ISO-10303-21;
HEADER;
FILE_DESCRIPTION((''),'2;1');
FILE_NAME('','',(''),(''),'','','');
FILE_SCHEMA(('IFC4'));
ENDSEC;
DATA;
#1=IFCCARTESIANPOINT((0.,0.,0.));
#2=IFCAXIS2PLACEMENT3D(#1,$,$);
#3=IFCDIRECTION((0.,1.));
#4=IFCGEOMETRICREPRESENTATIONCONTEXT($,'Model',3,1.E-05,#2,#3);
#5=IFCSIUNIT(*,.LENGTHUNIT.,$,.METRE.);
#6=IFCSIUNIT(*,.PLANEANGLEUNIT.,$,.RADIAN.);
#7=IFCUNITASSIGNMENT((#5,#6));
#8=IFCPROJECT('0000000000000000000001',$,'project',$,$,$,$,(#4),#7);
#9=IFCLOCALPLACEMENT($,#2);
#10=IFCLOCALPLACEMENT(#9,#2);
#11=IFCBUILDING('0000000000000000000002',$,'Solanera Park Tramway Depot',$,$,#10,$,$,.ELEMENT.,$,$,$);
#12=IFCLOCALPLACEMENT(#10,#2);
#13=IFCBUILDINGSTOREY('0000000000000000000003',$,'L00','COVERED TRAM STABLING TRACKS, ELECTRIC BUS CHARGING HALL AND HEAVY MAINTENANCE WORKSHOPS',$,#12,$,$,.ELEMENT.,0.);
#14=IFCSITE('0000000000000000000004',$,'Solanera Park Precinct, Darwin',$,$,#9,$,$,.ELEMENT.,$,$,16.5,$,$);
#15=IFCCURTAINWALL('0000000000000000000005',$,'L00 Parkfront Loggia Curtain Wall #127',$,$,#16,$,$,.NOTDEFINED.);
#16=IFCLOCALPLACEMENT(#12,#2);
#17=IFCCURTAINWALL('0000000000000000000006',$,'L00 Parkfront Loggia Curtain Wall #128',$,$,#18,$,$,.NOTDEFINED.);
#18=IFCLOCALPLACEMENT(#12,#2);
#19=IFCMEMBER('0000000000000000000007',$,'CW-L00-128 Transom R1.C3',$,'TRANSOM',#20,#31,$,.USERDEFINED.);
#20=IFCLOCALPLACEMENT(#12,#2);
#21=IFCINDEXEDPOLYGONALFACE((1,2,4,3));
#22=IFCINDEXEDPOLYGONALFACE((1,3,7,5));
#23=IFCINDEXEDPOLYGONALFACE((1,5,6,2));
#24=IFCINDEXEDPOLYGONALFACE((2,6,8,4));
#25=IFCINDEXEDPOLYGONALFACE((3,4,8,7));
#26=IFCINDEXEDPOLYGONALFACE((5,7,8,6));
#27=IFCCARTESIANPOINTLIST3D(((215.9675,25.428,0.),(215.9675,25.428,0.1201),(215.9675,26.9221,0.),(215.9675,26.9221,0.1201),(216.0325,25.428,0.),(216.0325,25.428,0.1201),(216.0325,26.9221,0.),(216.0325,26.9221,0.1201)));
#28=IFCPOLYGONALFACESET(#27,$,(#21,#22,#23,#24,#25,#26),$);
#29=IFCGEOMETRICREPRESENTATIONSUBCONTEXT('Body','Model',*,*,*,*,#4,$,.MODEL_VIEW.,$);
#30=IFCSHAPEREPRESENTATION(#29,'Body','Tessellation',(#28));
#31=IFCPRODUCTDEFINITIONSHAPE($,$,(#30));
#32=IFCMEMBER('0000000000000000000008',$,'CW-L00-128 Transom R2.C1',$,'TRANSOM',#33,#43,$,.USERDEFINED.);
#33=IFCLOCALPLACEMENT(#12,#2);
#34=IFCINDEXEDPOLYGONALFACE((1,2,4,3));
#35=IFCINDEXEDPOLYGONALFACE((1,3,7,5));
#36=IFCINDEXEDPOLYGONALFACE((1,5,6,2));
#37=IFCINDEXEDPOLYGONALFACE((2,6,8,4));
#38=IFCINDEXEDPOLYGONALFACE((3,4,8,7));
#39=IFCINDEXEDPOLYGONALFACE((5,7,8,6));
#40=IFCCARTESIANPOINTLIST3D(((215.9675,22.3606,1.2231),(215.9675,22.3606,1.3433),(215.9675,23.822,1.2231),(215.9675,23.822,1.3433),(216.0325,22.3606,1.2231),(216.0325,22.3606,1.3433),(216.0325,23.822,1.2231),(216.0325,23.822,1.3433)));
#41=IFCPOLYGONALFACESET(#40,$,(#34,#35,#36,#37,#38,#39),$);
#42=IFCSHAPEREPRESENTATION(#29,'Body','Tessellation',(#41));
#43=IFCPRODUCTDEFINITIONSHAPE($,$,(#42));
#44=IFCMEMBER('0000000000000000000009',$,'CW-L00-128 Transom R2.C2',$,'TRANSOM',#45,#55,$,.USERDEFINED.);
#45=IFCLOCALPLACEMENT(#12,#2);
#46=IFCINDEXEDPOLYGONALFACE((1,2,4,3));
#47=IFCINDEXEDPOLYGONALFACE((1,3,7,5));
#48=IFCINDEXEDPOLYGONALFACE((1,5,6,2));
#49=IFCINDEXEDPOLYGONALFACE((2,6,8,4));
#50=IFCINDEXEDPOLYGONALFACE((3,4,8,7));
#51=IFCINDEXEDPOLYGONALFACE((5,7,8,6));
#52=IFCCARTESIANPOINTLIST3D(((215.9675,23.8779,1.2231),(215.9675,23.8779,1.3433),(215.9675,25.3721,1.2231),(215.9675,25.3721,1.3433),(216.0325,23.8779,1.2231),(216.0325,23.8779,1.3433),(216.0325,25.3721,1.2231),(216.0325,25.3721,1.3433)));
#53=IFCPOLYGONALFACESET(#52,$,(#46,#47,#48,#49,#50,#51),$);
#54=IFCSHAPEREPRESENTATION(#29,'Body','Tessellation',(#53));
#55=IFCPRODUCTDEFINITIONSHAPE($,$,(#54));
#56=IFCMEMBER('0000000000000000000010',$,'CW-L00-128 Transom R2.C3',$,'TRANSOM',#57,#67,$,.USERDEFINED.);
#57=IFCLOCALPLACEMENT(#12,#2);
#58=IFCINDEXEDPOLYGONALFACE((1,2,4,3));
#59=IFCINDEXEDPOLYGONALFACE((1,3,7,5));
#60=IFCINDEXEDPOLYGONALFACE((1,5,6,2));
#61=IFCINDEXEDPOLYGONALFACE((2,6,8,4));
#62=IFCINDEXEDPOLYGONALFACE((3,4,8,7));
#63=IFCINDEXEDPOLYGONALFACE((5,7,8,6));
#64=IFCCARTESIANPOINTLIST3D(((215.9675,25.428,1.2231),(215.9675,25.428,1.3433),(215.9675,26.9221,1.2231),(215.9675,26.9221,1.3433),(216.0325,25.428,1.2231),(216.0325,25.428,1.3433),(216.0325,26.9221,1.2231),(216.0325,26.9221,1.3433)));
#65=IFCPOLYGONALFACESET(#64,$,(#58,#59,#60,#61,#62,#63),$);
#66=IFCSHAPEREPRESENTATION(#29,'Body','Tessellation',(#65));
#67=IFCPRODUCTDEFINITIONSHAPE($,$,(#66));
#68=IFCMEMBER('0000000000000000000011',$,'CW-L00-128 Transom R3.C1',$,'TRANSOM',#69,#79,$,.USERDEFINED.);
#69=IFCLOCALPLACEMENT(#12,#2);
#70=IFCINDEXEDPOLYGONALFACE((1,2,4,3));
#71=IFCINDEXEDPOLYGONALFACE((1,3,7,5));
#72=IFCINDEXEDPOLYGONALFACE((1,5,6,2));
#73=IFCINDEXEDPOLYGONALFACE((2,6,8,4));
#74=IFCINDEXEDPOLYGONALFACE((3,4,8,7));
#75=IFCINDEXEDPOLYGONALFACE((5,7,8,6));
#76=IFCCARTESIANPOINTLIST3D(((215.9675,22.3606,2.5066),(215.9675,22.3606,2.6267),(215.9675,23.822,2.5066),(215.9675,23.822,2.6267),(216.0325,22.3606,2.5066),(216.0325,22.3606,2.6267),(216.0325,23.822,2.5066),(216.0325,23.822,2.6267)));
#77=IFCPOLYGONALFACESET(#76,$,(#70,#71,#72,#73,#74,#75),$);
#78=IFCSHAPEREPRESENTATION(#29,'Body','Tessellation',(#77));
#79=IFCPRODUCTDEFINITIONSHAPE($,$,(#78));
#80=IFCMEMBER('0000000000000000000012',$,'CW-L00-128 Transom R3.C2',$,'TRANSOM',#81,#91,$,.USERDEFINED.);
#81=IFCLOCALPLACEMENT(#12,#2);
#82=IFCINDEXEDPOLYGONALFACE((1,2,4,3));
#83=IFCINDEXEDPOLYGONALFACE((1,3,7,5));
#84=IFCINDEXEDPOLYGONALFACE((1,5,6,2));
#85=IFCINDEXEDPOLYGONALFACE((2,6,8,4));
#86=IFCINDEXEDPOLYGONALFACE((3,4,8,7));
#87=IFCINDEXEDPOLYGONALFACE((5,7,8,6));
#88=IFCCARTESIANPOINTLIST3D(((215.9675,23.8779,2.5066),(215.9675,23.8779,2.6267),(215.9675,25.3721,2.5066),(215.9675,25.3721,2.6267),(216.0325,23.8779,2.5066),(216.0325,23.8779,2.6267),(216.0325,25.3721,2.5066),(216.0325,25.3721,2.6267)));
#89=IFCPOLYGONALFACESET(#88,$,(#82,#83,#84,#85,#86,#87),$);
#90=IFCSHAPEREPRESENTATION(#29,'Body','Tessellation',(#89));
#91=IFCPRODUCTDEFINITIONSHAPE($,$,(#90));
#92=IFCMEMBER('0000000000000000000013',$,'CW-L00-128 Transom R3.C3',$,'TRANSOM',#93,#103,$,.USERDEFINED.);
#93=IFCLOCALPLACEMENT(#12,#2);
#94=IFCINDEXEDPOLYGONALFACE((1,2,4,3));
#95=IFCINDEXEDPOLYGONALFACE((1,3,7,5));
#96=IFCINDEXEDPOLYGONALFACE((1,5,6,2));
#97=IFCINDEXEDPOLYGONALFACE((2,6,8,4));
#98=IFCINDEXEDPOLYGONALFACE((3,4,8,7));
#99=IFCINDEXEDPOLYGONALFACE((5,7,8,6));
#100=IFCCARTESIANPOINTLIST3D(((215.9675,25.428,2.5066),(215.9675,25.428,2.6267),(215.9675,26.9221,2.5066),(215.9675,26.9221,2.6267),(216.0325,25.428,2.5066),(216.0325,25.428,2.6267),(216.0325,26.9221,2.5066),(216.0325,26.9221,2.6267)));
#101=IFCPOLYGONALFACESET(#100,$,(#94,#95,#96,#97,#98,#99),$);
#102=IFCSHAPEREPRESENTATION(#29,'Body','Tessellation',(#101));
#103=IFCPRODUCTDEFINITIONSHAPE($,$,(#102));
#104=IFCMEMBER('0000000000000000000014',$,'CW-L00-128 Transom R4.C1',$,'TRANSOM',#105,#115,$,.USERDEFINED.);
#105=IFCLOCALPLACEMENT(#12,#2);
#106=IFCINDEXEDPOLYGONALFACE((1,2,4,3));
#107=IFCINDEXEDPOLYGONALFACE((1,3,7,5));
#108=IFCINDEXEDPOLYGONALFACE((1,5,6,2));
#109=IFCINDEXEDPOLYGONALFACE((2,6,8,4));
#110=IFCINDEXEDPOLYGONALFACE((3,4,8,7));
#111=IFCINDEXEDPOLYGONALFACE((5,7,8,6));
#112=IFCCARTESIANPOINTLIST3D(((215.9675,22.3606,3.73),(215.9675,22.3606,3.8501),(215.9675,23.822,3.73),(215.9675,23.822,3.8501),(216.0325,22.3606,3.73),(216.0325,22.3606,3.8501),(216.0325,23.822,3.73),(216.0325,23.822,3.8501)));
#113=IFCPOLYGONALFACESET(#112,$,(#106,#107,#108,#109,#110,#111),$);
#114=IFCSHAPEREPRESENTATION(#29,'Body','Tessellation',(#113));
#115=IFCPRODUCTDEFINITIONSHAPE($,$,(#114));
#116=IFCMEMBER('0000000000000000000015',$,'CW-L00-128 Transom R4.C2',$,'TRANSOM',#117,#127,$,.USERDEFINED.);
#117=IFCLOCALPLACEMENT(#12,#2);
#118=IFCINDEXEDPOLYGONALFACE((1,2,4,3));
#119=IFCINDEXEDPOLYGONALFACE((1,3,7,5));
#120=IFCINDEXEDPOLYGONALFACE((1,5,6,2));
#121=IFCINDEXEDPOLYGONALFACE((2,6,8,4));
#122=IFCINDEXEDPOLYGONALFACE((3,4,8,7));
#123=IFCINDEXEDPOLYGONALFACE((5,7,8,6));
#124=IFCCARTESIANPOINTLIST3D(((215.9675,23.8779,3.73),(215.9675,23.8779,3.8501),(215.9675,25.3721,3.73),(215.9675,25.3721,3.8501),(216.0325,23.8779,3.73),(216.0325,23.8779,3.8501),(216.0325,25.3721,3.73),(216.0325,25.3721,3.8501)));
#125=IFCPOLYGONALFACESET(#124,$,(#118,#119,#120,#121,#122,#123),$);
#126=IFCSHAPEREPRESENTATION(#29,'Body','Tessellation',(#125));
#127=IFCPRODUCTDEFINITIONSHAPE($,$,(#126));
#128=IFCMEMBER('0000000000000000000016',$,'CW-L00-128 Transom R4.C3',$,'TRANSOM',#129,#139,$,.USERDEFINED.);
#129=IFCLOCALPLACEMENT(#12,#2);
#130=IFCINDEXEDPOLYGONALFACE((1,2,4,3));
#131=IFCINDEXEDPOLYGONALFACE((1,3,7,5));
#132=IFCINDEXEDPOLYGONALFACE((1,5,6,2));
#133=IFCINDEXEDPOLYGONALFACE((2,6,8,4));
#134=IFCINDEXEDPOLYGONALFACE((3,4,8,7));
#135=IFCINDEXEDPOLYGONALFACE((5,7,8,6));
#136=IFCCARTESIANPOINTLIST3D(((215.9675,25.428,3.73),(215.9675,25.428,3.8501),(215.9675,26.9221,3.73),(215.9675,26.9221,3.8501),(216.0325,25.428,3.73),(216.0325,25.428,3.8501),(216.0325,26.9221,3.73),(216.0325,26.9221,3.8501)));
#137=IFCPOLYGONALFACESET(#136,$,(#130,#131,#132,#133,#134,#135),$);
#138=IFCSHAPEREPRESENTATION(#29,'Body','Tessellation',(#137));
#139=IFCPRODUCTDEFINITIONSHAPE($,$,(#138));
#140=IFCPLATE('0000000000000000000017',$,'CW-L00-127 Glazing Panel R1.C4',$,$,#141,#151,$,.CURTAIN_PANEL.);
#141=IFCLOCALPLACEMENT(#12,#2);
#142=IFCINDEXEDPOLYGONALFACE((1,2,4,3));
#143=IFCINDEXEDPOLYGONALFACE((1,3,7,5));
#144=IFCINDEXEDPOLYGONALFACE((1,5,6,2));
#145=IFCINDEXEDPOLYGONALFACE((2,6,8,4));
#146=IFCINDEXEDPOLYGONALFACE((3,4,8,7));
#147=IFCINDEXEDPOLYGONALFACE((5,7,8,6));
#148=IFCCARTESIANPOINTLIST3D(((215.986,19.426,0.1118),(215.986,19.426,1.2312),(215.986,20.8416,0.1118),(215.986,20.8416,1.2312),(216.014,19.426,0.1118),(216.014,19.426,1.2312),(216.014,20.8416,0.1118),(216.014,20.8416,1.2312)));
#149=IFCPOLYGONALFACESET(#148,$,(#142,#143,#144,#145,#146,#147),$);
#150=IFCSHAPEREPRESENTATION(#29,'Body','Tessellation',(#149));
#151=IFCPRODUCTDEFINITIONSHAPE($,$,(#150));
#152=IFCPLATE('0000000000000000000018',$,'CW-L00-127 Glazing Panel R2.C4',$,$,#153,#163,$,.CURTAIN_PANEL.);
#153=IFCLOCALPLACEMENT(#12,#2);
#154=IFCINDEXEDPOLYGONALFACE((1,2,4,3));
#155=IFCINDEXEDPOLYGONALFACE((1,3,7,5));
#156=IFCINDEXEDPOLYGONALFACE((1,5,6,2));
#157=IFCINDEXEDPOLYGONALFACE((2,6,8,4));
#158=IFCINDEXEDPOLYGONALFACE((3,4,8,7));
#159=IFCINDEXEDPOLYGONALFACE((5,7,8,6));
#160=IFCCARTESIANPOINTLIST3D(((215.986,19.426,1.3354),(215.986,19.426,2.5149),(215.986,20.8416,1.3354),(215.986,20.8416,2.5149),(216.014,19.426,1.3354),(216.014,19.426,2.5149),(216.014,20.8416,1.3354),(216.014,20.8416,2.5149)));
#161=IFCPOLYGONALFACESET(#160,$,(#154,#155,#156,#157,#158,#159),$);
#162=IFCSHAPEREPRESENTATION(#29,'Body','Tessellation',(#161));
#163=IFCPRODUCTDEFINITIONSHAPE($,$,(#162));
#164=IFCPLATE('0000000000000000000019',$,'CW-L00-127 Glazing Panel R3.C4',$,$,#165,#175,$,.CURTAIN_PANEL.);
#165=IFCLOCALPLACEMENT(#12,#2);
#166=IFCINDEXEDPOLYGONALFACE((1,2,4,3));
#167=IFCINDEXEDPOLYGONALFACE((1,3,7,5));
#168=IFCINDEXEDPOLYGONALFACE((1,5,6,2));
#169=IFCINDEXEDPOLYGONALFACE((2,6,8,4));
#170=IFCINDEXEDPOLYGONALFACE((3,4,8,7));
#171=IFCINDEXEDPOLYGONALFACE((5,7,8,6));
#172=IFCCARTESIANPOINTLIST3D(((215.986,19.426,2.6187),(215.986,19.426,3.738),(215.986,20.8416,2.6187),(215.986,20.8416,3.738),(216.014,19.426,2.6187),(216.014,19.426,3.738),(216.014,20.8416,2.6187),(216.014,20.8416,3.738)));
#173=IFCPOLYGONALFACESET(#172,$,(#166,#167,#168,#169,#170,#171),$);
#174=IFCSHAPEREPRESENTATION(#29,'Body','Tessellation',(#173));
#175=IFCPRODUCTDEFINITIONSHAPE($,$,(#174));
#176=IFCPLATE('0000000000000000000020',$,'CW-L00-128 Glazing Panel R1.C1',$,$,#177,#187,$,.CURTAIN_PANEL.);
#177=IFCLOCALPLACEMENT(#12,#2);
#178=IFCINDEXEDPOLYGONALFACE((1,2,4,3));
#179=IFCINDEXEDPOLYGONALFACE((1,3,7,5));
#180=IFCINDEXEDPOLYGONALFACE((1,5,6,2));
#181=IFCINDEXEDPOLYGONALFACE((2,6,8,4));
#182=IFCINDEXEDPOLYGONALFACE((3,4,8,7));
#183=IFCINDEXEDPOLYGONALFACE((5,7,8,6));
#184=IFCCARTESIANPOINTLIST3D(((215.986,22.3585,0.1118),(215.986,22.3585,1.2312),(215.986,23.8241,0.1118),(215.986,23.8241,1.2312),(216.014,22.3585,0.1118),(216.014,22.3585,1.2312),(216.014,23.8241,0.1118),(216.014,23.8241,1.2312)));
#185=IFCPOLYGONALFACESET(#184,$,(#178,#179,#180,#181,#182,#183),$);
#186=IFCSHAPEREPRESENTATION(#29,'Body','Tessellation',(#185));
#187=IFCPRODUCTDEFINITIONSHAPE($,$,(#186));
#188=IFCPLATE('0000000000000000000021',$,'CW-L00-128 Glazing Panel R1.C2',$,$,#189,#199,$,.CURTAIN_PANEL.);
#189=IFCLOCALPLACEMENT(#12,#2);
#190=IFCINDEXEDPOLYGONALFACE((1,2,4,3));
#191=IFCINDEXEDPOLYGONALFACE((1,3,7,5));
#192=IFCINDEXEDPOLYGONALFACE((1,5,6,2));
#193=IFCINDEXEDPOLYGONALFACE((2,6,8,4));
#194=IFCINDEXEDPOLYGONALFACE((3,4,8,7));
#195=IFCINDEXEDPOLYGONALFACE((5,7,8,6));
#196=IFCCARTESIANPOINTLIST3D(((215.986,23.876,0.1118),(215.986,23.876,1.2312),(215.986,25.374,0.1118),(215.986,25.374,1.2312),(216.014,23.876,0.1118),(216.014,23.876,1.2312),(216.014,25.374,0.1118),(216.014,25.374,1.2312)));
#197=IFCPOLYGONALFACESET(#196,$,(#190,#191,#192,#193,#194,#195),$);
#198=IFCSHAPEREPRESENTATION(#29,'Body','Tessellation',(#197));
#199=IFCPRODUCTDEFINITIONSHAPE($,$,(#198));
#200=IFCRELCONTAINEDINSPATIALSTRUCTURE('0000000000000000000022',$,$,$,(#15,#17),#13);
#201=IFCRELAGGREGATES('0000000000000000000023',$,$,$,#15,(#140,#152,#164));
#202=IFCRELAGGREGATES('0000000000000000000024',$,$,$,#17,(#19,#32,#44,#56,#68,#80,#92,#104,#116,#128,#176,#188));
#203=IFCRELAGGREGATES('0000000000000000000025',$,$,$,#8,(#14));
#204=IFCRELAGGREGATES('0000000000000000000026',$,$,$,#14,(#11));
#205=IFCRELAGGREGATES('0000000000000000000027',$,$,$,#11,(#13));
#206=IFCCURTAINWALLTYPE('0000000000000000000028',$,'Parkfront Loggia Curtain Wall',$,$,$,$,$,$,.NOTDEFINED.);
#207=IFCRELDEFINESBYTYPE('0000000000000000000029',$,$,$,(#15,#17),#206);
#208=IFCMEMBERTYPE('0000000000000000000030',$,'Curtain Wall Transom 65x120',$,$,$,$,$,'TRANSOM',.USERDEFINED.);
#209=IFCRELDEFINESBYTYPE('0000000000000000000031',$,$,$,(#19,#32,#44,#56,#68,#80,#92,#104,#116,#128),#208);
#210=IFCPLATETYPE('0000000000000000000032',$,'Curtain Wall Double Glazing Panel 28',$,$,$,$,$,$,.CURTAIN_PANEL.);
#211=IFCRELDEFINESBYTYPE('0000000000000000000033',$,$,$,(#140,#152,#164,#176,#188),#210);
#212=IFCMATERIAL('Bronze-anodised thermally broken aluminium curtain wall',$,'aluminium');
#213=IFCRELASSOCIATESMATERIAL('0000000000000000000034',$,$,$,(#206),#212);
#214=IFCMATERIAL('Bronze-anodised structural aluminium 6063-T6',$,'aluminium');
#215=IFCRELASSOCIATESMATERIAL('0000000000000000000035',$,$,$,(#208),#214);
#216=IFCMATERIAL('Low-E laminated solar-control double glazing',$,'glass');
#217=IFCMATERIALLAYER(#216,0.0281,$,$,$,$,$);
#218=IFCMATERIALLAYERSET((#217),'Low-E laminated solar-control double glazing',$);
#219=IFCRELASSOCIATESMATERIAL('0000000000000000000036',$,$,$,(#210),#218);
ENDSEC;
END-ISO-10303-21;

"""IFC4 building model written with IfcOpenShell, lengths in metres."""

from ifc_helpers import new_model, si_unit, direction, frame, origin, origin_2d, place, context, subcontext, project, spatial, rectangle, extrude, material, layer, layer_set, material_profile, profile_set, type_object, element, aggregate, save


model = new_model("IFC4")

# Units and contexts
model_context = context("Model", 3, precision=1e-05, world=origin(), true_north=direction((0.0, 1.0)))
body_context = subcontext(model_context, "Body", "Model", "MODEL_VIEW")
ifc_project = project(units=[si_unit("LENGTHUNIT", "METRE"), si_unit("PLANEANGLEUNIT", "RADIAN")], contexts=[model_context])

# Site, building, storey
site_placement = place(None, origin())
site = spatial("IfcSite", under=ifc_project, at=site_placement, Name="Solanera Park Precinct, Darwin", CompositionType="ELEMENT", RefElevation=16.5)
building_placement = place(site_placement, origin())
building = spatial("IfcBuilding", under=site, at=building_placement, Name="Solanera Park Tramway Depot", CompositionType="ELEMENT")
storey_placement = place(building_placement, origin())
storey = spatial("IfcBuildingStorey", under=building, at=storey_placement, Name="L00", Description="COVERED TRAM STABLING TRACKS, ELECTRIC BUS CHARGING HALL AND HEAVY MAINTENANCE WORKSHOPS", CompositionType="ELEMENT", Elevation=0.0)

# Curtain wall
ifc_material_1 = material(Name="Bronze-anodised thermally broken aluminium curtain wall", Category="aluminium")
curtain_wall_type = type_object("IfcCurtainWallType", Name="Parkfront Loggia Curtain Wall", PredefinedType="NOTDEFINED", material=ifc_material_1)
curtain_wall_1_placement = place(storey_placement, origin())
curtain_wall_1 = element("IfcCurtainWall", 1, at=curtain_wall_1_placement, inside=storey, type_object=curtain_wall_type, Name="L00 Parkfront Loggia Curtain Wall #127", PredefinedType="NOTDEFINED")

# Curtain wall
curtain_wall_2_placement = place(storey_placement, origin())
curtain_wall_2 = element("IfcCurtainWall", 2, at=curtain_wall_2_placement, inside=storey, type_object=curtain_wall_type, Name="L00 Parkfront Loggia Curtain Wall #128", PredefinedType="NOTDEFINED")

# Members
ifc_material_2 = material(Name="Bronze-anodised structural aluminium 6063-T6", Category="aluminium")
ifc_material_profile_1 = material_profile(ifc_material_2, rectangle(XDim=0.0649, YDim=0.1201, at=origin_2d()), Name="Curtain Wall Transom 65x120")
ifc_profile_set_1 = profile_set([ifc_material_profile_1], Name="Bronze-anodised structural aluminium 6063-T6")
member_type_1 = type_object("IfcMemberType", Name="Curtain Wall Transom 65x120", ElementType="TRANSOM", PredefinedType="USERDEFINED", material=ifc_profile_set_1)
member_1_placement = place(storey_placement, frame((216.0, 25.428, 0.0601), z_axis=(0.0, 1.0, 0.0), x_axis=(-1.0, 0.0, 0.0)))
member_1 = element("IfcMember", 3, at=member_1_placement, type_object=member_type_1, Name="CW-L00-128 Transom R1.C3", ObjectType="TRANSOM", PredefinedType="USERDEFINED", context=body_context, shape_type="SweptSolid", body=[
    extrude(rectangle(XDim=0.0649, YDim=0.1201, at=origin_2d()), origin(), (0.0, 0.0, 1.0), 1.4941),
])
member_2_placement = place(storey_placement, frame((216.0, 22.3606, 1.2832), z_axis=(0.0, 1.0, 0.0), x_axis=(-1.0, 0.0, 0.0)))
member_2 = element("IfcMember", 4, at=member_2_placement, type_object=member_type_1, Name="CW-L00-128 Transom R2.C1", ObjectType="TRANSOM", PredefinedType="USERDEFINED", context=body_context, shape_type="SweptSolid", body=[
    extrude(rectangle(XDim=0.0649, YDim=0.1201, at=origin_2d()), origin(), (0.0, 0.0, 1.0), 1.4614),
])
member_3_placement = place(storey_placement, frame((216.0, 23.8779, 1.2832), z_axis=(0.0, 1.0, 0.0), x_axis=(-1.0, 0.0, 0.0)))
member_3 = element("IfcMember", 5, at=member_3_placement, type_object=member_type_1, Name="CW-L00-128 Transom R2.C2", ObjectType="TRANSOM", PredefinedType="USERDEFINED", context=body_context, shape_type="SweptSolid", body=[
    extrude(rectangle(XDim=0.0649, YDim=0.1201, at=origin_2d()), origin(), (0.0, 0.0, 1.0), 1.4941),
])
member_4_placement = place(storey_placement, frame((216.0, 25.428, 1.2832), z_axis=(0.0, 1.0, 0.0), x_axis=(-1.0, 0.0, 0.0)))
member_4 = element("IfcMember", 6, at=member_4_placement, type_object=member_type_1, Name="CW-L00-128 Transom R2.C3", ObjectType="TRANSOM", PredefinedType="USERDEFINED", context=body_context, shape_type="SweptSolid", body=[
    extrude(rectangle(XDim=0.0649, YDim=0.1201, at=origin_2d()), origin(), (0.0, 0.0, 1.0), 1.4941),
])
member_5_placement = place(storey_placement, frame((216.0, 22.3606, 2.5667), z_axis=(0.0, 1.0, 0.0), x_axis=(-1.0, 0.0, 0.0)))
member_5 = element("IfcMember", 7, at=member_5_placement, type_object=member_type_1, Name="CW-L00-128 Transom R3.C1", ObjectType="TRANSOM", PredefinedType="USERDEFINED", context=body_context, shape_type="SweptSolid", body=[
    extrude(rectangle(XDim=0.0649, YDim=0.1201, at=origin_2d()), origin(), (0.0, 0.0, 1.0), 1.4614),
])
member_6_placement = place(storey_placement, frame((216.0, 23.8779, 2.5667), z_axis=(0.0, 1.0, 0.0), x_axis=(-1.0, 0.0, 0.0)))
member_6 = element("IfcMember", 8, at=member_6_placement, type_object=member_type_1, Name="CW-L00-128 Transom R3.C2", ObjectType="TRANSOM", PredefinedType="USERDEFINED", context=body_context, shape_type="SweptSolid", body=[
    extrude(rectangle(XDim=0.0649, YDim=0.1201, at=origin_2d()), origin(), (0.0, 0.0, 1.0), 1.4941),
])
member_7_placement = place(storey_placement, frame((216.0, 25.428, 2.5667), z_axis=(0.0, 1.0, 0.0), x_axis=(-1.0, 0.0, 0.0)))
member_7 = element("IfcMember", 9, at=member_7_placement, type_object=member_type_1, Name="CW-L00-128 Transom R3.C3", ObjectType="TRANSOM", PredefinedType="USERDEFINED", context=body_context, shape_type="SweptSolid", body=[
    extrude(rectangle(XDim=0.0649, YDim=0.1201, at=origin_2d()), origin(), (0.0, 0.0, 1.0), 1.4941),
])
member_8_placement = place(storey_placement, frame((216.0, 22.3606, 3.79), z_axis=(0.0, 1.0, 0.0), x_axis=(-1.0, 0.0, 0.0)))
member_8 = element("IfcMember", 10, at=member_8_placement, type_object=member_type_1, Name="CW-L00-128 Transom R4.C1", ObjectType="TRANSOM", PredefinedType="USERDEFINED", context=body_context, shape_type="SweptSolid", body=[
    extrude(rectangle(XDim=0.0649, YDim=0.1201, at=origin_2d()), origin(), (0.0, 0.0, 1.0), 1.4614),
])
member_9_placement = place(storey_placement, frame((216.0, 23.8779, 3.79), z_axis=(0.0, 1.0, 0.0), x_axis=(-1.0, 0.0, 0.0)))
member_9 = element("IfcMember", 11, at=member_9_placement, type_object=member_type_1, Name="CW-L00-128 Transom R4.C2", ObjectType="TRANSOM", PredefinedType="USERDEFINED", context=body_context, shape_type="SweptSolid", body=[
    extrude(rectangle(XDim=0.0649, YDim=0.1201, at=origin_2d()), origin(), (0.0, 0.0, 1.0), 1.4941),
])
member_10_placement = place(storey_placement, frame((216.0, 25.428, 3.79), z_axis=(0.0, 1.0, 0.0), x_axis=(-1.0, 0.0, 0.0)))
member_10 = element("IfcMember", 12, at=member_10_placement, type_object=member_type_1, Name="CW-L00-128 Transom R4.C3", ObjectType="TRANSOM", PredefinedType="USERDEFINED", context=body_context, shape_type="SweptSolid", body=[
    extrude(rectangle(XDim=0.0649, YDim=0.1201, at=origin_2d()), origin(), (0.0, 0.0, 1.0), 1.4941),
])

# Plates
ifc_material_3 = material(Name="Low-E laminated solar-control double glazing", Category="glass")
ifc_layer = layer(ifc_material_3, 0.0281)
ifc_layer_set = layer_set([ifc_layer], Name="Low-E laminated solar-control double glazing")
plate_type = type_object("IfcPlateType", Name="Curtain Wall Double Glazing Panel 28", PredefinedType="CURTAIN_PANEL", material=ifc_layer_set)
plate_1_placement = place(storey_placement, frame((216.0, 20.1338, 0.1118), z_axis=(0.0, 0.0, 1.0), x_axis=(0.0, 1.0, 0.0)))
plate_1 = element("IfcPlate", 13, at=plate_1_placement, type_object=plate_type, Name="CW-L00-127 Glazing Panel R1.C4", PredefinedType="CURTAIN_PANEL", context=body_context, shape_type="SweptSolid", body=[
    extrude(rectangle(XDim=1.4155, YDim=0.0281, at=origin_2d()), origin(), (0.0, 0.0, 1.0), 1.1194),
])
plate_2_placement = place(storey_placement, frame((216.0, 20.1338, 1.3354), z_axis=(0.0, 0.0, 1.0), x_axis=(0.0, 1.0, 0.0)))
plate_2 = element("IfcPlate", 14, at=plate_2_placement, type_object=plate_type, Name="CW-L00-127 Glazing Panel R2.C4", PredefinedType="CURTAIN_PANEL", context=body_context, shape_type="SweptSolid", body=[
    extrude(rectangle(XDim=1.4155, YDim=0.0281, at=origin_2d()), origin(), (0.0, 0.0, 1.0), 1.1794),
])
plate_3_placement = place(storey_placement, frame((216.0, 20.1338, 2.6187), z_axis=(0.0, 0.0, 1.0), x_axis=(0.0, 1.0, 0.0)))
plate_3 = element("IfcPlate", 15, at=plate_3_placement, type_object=plate_type, Name="CW-L00-127 Glazing Panel R3.C4", PredefinedType="CURTAIN_PANEL", context=body_context, shape_type="SweptSolid", body=[
    extrude(rectangle(XDim=1.4155, YDim=0.0281, at=origin_2d()), origin(), (0.0, 0.0, 1.0), 1.1194),
])
aggregate(curtain_wall_1, [plate_1, plate_2, plate_3])
plate_4_placement = place(storey_placement, frame((216.0, 23.0913, 0.1118), z_axis=(0.0, 0.0, 1.0), x_axis=(0.0, 1.0, 0.0)))
plate_4 = element("IfcPlate", 16, at=plate_4_placement, type_object=plate_type, Name="CW-L00-128 Glazing Panel R1.C1", PredefinedType="CURTAIN_PANEL", context=body_context, shape_type="SweptSolid", body=[
    extrude(rectangle(XDim=1.4656, YDim=0.0281, at=origin_2d()), origin(), (0.0, 0.0, 1.0), 1.1194),
])
plate_5_placement = place(storey_placement, frame((216.0, 24.625, 0.1118), z_axis=(0.0, 0.0, 1.0), x_axis=(0.0, 1.0, 0.0)))
plate_5 = element("IfcPlate", 17, at=plate_5_placement, type_object=plate_type, Name="CW-L00-128 Glazing Panel R1.C2", PredefinedType="CURTAIN_PANEL", context=body_context, shape_type="SweptSolid", body=[
    extrude(rectangle(XDim=1.498, YDim=0.0281, at=origin_2d()), origin(), (0.0, 0.0, 1.0), 1.1194),
])
aggregate(curtain_wall_2, [member_1, member_2, member_3, member_4, member_5, member_6, member_7, member_8, member_9, member_10, plate_4, plate_5])

save(model, "model.ifc")
